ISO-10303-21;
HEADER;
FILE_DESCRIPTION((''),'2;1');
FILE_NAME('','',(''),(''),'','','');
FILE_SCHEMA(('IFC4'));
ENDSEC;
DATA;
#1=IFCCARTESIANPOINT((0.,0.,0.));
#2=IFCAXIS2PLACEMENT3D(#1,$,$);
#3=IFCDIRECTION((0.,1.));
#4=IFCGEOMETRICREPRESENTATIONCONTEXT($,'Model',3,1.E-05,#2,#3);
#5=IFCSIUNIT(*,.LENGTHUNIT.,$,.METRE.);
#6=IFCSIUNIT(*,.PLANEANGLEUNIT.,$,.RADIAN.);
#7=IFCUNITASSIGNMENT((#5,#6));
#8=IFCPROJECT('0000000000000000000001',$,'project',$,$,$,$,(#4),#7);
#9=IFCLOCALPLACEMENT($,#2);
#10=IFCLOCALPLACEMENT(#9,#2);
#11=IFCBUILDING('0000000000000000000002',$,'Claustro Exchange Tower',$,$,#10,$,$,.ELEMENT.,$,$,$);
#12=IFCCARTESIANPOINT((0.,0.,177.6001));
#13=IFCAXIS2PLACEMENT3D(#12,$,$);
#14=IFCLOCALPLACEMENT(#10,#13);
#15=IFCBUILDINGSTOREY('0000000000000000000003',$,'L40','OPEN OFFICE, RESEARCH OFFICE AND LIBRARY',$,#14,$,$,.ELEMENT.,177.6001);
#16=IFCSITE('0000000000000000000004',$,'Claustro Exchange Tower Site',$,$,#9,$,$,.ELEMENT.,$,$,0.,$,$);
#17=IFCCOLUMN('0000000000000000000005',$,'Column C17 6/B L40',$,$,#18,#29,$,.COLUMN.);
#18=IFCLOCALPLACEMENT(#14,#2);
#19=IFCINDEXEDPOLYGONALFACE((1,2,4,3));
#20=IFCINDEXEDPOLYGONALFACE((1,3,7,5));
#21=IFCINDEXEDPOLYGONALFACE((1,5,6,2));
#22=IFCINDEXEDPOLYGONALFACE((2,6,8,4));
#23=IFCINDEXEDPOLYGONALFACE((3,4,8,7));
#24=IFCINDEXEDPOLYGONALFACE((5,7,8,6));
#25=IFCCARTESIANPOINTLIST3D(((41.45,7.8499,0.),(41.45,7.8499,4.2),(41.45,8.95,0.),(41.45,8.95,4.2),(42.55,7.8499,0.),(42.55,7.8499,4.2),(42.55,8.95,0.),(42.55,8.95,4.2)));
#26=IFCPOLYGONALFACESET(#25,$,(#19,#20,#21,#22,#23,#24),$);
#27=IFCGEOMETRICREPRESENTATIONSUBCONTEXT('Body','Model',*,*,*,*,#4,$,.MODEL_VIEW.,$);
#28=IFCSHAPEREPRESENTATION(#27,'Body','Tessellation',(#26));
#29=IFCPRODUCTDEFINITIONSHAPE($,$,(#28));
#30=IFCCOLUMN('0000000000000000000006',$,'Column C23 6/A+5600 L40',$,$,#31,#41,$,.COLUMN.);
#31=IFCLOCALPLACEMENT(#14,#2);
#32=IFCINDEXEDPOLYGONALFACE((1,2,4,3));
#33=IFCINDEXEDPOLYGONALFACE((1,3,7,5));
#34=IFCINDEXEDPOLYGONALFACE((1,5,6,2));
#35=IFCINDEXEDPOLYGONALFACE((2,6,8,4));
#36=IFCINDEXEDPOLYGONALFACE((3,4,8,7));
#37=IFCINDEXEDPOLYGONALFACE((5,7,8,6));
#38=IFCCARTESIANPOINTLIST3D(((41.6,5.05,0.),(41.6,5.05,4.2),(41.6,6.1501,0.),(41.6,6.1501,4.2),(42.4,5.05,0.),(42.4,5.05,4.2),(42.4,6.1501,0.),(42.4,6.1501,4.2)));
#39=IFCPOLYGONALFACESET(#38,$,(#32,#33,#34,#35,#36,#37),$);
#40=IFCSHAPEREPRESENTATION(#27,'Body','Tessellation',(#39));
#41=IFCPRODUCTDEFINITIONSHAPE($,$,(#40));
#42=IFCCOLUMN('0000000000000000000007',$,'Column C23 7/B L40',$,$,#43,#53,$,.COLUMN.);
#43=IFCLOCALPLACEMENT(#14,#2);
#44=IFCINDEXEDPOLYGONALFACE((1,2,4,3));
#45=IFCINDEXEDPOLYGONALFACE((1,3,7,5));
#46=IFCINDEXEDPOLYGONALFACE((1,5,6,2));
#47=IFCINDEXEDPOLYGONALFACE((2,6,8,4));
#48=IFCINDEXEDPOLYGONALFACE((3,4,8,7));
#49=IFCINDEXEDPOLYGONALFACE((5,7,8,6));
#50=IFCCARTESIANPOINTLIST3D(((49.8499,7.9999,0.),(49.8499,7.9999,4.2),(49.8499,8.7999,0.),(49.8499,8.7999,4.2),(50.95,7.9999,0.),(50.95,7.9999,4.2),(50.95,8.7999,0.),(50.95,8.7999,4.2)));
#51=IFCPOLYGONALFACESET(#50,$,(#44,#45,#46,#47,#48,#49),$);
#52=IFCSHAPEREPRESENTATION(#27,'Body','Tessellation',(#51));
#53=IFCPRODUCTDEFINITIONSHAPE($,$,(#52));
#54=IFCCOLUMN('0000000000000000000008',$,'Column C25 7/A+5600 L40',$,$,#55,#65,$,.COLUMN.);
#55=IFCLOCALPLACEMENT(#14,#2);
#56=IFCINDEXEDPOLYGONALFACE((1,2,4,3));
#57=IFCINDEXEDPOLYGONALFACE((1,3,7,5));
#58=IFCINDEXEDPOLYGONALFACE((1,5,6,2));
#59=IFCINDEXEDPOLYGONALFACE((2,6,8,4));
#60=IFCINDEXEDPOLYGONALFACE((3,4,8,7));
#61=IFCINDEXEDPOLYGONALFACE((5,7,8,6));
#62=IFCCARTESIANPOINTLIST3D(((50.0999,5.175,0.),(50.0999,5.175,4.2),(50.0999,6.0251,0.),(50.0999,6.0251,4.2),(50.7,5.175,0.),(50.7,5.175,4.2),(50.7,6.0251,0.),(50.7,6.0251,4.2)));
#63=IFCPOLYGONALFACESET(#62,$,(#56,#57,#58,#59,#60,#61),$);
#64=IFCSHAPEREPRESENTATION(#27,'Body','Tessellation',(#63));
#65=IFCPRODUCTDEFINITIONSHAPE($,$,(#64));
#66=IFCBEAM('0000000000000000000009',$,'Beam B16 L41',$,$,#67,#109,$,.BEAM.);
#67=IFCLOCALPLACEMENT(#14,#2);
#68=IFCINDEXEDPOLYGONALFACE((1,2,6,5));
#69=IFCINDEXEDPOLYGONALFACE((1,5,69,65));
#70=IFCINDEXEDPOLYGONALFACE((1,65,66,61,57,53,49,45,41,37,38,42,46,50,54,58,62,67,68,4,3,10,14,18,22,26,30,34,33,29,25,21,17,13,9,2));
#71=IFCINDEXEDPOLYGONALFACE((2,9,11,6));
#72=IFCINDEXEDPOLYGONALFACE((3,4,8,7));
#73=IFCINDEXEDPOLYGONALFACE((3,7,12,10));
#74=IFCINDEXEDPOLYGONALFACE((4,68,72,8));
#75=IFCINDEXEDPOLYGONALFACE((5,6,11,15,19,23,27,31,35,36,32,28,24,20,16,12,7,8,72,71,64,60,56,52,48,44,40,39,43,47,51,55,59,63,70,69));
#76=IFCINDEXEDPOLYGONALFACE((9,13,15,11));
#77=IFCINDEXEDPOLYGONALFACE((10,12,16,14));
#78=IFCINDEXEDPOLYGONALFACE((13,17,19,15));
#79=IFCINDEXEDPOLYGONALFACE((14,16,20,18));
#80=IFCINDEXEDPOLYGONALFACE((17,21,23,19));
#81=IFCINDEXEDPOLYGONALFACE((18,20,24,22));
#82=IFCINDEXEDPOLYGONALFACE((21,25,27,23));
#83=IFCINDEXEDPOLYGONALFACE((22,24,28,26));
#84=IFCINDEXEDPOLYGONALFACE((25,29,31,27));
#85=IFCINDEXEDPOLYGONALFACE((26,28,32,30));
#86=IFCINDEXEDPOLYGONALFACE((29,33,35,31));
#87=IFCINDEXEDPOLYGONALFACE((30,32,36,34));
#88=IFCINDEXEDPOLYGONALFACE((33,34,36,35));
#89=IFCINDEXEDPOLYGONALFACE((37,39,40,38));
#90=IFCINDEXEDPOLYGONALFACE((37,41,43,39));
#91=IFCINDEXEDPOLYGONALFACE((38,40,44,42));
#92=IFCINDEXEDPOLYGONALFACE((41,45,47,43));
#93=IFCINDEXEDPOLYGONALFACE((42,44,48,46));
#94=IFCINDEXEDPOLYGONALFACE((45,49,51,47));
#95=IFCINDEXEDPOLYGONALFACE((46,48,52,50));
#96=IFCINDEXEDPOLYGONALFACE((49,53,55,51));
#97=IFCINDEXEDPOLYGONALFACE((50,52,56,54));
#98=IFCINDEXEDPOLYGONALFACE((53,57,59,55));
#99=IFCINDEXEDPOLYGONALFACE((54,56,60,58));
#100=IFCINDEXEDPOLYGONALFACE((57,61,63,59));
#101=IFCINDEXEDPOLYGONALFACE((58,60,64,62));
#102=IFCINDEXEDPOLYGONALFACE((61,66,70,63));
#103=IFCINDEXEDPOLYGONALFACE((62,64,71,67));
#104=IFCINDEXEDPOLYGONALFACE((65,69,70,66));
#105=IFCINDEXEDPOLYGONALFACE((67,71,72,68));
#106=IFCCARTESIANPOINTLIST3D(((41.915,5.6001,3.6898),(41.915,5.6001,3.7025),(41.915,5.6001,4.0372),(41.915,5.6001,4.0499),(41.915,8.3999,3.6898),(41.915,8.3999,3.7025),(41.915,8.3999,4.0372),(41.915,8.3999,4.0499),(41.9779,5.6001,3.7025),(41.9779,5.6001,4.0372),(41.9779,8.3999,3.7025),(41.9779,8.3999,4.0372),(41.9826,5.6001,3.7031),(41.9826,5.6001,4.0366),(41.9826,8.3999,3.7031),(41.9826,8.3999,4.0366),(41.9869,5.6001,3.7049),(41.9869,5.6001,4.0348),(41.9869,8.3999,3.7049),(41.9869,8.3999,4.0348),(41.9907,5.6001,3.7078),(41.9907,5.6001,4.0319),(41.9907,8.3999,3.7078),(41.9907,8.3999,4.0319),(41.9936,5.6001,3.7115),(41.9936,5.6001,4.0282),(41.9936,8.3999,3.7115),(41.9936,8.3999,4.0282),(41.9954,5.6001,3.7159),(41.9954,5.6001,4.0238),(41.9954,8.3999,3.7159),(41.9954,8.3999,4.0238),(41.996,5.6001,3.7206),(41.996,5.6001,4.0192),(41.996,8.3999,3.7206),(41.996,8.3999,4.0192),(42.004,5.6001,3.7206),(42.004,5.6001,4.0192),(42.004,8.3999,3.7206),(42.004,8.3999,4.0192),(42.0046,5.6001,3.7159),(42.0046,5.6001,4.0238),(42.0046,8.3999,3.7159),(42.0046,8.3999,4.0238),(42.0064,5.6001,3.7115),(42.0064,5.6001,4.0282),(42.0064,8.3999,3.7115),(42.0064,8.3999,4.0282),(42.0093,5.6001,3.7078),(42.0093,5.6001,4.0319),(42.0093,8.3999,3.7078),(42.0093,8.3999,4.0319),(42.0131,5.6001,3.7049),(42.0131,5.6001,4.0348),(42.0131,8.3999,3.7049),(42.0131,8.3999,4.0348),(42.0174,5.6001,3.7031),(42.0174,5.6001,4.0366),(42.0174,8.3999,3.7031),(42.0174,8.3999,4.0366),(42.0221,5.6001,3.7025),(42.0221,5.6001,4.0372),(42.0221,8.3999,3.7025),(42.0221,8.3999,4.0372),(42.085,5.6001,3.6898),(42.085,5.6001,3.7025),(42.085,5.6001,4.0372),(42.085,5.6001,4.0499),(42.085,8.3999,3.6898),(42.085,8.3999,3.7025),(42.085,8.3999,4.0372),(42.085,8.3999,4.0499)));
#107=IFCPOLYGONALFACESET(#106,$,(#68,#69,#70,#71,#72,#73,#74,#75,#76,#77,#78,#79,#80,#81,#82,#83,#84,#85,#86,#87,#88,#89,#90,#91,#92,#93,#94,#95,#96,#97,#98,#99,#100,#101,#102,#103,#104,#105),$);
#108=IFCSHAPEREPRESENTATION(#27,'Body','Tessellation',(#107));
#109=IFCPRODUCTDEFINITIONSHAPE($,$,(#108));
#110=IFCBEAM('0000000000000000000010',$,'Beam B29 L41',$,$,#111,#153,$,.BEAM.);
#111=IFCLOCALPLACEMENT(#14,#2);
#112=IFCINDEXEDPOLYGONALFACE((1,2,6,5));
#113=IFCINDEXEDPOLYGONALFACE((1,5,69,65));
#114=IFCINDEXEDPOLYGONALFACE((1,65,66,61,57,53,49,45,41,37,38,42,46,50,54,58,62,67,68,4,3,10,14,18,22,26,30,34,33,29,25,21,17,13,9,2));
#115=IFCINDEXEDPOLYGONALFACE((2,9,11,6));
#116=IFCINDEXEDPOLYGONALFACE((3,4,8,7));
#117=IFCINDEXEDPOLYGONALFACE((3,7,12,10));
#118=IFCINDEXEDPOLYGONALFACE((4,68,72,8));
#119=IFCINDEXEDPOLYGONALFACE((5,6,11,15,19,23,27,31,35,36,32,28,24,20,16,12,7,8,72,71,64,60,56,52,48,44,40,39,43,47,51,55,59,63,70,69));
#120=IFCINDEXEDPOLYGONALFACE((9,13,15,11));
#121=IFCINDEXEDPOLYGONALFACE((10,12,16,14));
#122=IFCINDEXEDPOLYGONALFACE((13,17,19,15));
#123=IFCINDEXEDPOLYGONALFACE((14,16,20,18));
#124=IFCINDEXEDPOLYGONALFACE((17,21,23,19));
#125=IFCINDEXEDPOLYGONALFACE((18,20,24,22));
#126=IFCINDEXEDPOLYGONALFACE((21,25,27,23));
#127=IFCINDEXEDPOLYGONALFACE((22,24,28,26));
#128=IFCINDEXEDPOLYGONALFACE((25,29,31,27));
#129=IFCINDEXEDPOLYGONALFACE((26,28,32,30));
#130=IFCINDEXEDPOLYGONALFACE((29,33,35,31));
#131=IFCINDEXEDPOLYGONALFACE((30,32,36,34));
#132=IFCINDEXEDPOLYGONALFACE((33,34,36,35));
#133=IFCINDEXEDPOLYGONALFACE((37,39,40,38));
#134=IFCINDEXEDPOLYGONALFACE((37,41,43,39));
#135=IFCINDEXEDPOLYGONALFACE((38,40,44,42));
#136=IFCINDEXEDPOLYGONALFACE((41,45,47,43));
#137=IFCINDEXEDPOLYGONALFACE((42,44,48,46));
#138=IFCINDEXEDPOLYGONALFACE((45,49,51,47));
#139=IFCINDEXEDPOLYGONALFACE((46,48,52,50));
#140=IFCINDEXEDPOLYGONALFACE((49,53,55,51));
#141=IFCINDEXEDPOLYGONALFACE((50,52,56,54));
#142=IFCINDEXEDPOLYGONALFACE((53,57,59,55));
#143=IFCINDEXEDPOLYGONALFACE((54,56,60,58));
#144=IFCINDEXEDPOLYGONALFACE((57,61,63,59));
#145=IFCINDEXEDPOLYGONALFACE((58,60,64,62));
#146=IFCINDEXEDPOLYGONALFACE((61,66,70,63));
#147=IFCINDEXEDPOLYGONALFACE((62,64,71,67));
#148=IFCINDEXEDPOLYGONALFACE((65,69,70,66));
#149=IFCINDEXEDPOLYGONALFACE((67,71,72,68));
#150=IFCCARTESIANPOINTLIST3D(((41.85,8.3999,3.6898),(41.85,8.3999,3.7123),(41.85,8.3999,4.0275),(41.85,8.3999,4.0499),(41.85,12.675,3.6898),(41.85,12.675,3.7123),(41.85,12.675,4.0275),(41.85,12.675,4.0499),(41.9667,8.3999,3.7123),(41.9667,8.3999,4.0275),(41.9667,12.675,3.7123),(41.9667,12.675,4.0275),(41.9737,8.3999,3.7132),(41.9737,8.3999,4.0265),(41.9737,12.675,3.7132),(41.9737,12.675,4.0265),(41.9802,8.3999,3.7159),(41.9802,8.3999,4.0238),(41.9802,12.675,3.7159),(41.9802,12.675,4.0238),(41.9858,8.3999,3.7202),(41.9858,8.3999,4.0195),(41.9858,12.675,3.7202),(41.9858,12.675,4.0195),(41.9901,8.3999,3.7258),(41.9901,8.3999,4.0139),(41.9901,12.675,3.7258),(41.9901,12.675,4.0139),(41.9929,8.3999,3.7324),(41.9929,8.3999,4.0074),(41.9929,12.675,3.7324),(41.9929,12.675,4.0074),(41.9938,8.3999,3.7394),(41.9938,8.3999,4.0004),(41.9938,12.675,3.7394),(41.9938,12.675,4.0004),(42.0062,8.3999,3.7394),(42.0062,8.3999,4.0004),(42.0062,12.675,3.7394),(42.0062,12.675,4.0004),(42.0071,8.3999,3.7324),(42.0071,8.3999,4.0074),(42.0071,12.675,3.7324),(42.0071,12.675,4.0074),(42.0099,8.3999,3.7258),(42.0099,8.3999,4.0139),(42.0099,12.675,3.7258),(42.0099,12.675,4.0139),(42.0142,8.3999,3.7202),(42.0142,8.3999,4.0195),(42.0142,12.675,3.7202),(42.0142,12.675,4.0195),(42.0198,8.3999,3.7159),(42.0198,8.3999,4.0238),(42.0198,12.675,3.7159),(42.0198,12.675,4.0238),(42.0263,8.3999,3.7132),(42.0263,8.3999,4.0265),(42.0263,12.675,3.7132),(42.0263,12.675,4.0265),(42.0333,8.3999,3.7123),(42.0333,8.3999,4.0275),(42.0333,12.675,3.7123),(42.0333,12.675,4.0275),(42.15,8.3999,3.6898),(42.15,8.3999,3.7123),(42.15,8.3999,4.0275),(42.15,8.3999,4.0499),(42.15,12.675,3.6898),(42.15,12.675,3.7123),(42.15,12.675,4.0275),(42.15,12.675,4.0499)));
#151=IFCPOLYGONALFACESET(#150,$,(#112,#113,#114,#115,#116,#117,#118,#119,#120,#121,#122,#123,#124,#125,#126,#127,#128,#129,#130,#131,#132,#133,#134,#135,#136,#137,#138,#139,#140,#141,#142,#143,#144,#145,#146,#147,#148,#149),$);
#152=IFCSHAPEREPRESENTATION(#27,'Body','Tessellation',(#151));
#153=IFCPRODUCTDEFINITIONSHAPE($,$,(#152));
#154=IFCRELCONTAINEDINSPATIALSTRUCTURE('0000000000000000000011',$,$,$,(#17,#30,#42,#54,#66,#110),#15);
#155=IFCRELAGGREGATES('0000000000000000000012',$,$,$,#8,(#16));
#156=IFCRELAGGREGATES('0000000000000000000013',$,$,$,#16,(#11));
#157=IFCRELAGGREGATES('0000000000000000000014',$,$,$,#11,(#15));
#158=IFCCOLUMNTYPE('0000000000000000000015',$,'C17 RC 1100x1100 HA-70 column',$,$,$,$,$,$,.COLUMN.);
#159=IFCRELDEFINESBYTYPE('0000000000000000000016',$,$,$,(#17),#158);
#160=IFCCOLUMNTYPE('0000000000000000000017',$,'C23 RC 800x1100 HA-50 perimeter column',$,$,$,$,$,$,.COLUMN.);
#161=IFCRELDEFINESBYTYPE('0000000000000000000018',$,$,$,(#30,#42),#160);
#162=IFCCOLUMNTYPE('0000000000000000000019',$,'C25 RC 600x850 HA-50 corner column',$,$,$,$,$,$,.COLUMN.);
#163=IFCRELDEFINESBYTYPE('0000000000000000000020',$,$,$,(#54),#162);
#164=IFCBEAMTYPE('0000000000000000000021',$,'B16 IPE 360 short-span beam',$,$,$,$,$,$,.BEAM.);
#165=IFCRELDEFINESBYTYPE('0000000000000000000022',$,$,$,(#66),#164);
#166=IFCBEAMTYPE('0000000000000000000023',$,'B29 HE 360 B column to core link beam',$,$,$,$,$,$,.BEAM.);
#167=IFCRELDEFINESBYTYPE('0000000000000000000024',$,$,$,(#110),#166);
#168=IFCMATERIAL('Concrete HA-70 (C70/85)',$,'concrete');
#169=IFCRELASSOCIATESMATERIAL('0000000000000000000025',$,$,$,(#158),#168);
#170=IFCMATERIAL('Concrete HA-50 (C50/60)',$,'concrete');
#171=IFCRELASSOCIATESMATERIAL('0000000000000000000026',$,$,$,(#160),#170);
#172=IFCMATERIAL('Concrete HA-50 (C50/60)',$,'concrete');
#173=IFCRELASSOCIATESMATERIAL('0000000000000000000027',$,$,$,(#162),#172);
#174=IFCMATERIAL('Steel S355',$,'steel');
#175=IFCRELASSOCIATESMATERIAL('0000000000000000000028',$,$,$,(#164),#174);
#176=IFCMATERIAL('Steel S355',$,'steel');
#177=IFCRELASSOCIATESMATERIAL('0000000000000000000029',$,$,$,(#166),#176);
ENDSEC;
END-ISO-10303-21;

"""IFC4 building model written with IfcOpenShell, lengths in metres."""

from ifc_helpers import new_model, si_unit, direction, frame, origin, origin_2d, place, context, subcontext, project, spatial, rectangle, i_section, extrude, material, material_profile, profile_set, type_object, element, save


model = new_model("IFC4")

# Units and contexts
model_context = context("Model", 3, precision=1e-05, world=origin(), true_north=direction((0.0, 1.0)))
body_context = subcontext(model_context, "Body", "Model", "MODEL_VIEW")
ifc_project = project(units=[si_unit("LENGTHUNIT", "METRE"), si_unit("PLANEANGLEUNIT", "RADIAN")], contexts=[model_context])

# Site, building, storey
site_placement = place(None, origin())
site = spatial("IfcSite", under=ifc_project, at=site_placement, Name="Claustro Exchange Tower Site", CompositionType="ELEMENT", RefElevation=0.0)
building_placement = place(site_placement, origin())
building = spatial("IfcBuilding", under=site, at=building_placement, Name="Claustro Exchange Tower", CompositionType="ELEMENT")
storey_placement = place(building_placement, frame((0.0, 0.0, 177.6001)))
storey = spatial("IfcBuildingStorey", under=building, at=storey_placement, Name="L40", Description="OPEN OFFICE, RESEARCH OFFICE AND LIBRARY", CompositionType="ELEMENT", Elevation=177.6001)

# Columns
ifc_material_1 = material(Name="Concrete HA-70 (C70/85)", Category="concrete")
ifc_material_profile_1 = material_profile(ifc_material_1, rectangle(XDim=1.1001, YDim=1.1001, at=origin_2d()), Name="RC 1100x1100")
ifc_profile_set_1 = profile_set([ifc_material_profile_1], Name="Concrete HA-70 (C70/85)")
column_type_1 = type_object("IfcColumnType", Name="C17 RC 1100x1100 HA-70 column", PredefinedType="COLUMN", material=ifc_profile_set_1)
column_1_placement = place(storey_placement, frame((42.0, 8.3999, 0.0), z_axis=(0.0, 0.0, 1.0), x_axis=(1.0, 0.0, 0.0)))
element("IfcColumn", 1, at=column_1_placement, inside=storey, type_object=column_type_1, Name="Column C17 6/B L40", PredefinedType="COLUMN", context=body_context, shape_type="SweptSolid", body=[
    extrude(rectangle(XDim=1.1001, YDim=1.1001, at=origin_2d()), origin(), (0.0, 0.0, 1.0), 4.2),
])
ifc_material_2 = material(Name="Concrete HA-50 (C50/60)", Category="concrete")
ifc_material_profile_2 = material_profile(ifc_material_2, rectangle(XDim=0.8, YDim=1.1001, at=origin_2d()), Name="RC 800x1100")
ifc_profile_set_2 = profile_set([ifc_material_profile_2], Name="Concrete HA-50 (C50/60)")
column_type_2 = type_object("IfcColumnType", Name="C23 RC 800x1100 HA-50 perimeter column", PredefinedType="COLUMN", material=ifc_profile_set_2)
for number, where, z_axis, x_axis, name in (
    (2, (42.0, 5.6001, 0.0), (0.0, 0.0, 1.0), (1.0, 0.0, 0.0), "Column C23 6/A+5600 L40"),
    (3, (50.3999, 8.3999, 0.0), (0.0, 0.0, 1.0), (0.0, 1.0, 0.0), "Column C23 7/B L40"),
):
    element("IfcColumn", number, at=place(storey_placement, frame(where, z_axis=z_axis, x_axis=x_axis)), inside=storey, type_object=column_type_2, Name=name, PredefinedType="COLUMN", context=body_context, shape_type="SweptSolid", body=[
        extrude(rectangle(XDim=0.8, YDim=1.1001, at=origin_2d()), origin(), (0.0, 0.0, 1.0), 4.2),
    ])
ifc_material_3 = material(Name="Concrete HA-50 (C50/60)", Category="concrete")
ifc_material_profile_3 = material_profile(ifc_material_3, rectangle(XDim=0.6001, YDim=0.8501, at=origin_2d()), Name="RC 600x850")
ifc_profile_set_3 = profile_set([ifc_material_profile_3], Name="Concrete HA-50 (C50/60)")
column_type_3 = type_object("IfcColumnType", Name="C25 RC 600x850 HA-50 corner column", PredefinedType="COLUMN", material=ifc_profile_set_3)
column_2_placement = place(storey_placement, frame((50.3999, 5.6001, 0.0), z_axis=(0.0, 0.0, 1.0), x_axis=(1.0, 0.0, 0.0)))
element("IfcColumn", 4, at=column_2_placement, inside=storey, type_object=column_type_3, Name="Column C25 7/A+5600 L40", PredefinedType="COLUMN", context=body_context, shape_type="SweptSolid", body=[
    extrude(rectangle(XDim=0.6001, YDim=0.8501, at=origin_2d()), origin(), (0.0, 0.0, 1.0), 4.2),
])

# Beams
ifc_material_4 = material(Name="Steel S355", Category="steel")
ifc_material_profile_4 = material_profile(ifc_material_4, i_section(OverallWidth=0.1699, OverallDepth=0.3601, WebThickness=0.0081, FlangeThickness=0.0127, FilletRadius=0.0181, at=origin_2d()), Name="IPE 360")
ifc_profile_set_4 = profile_set([ifc_material_profile_4], Name="Steel S355")
beam_type_1 = type_object("IfcBeamType", Name="B16 IPE 360 short-span beam", PredefinedType="BEAM", material=ifc_profile_set_4)
beam_1_placement = place(storey_placement, frame((42.0, 5.6001, 3.8699), z_axis=(0.0, 1.0, 0.0), x_axis=(-1.0, 0.0, 0.0)))
element("IfcBeam", 5, at=beam_1_placement, inside=storey, type_object=beam_type_1, Name="Beam B16 L41", PredefinedType="BEAM", context=body_context, shape_type="SweptSolid", body=[
    extrude(i_section(OverallWidth=0.1699, OverallDepth=0.3601, WebThickness=0.0081, FlangeThickness=0.0127, FilletRadius=0.0181, at=origin_2d()), origin(), (0.0, 0.0, 1.0), 2.7998),
])
ifc_material_5 = material(Name="Steel S355", Category="steel")
ifc_material_profile_5 = material_profile(ifc_material_5, i_section(OverallWidth=0.3, OverallDepth=0.3601, WebThickness=0.0125, FlangeThickness=0.0225, FilletRadius=0.0271, at=origin_2d()), Name="HE 360 B")
ifc_profile_set_5 = profile_set([ifc_material_profile_5], Name="Steel S355")
beam_type_2 = type_object("IfcBeamType", Name="B29 HE 360 B column to core link beam", PredefinedType="BEAM", material=ifc_profile_set_5)
beam_2_placement = place(storey_placement, frame((42.0, 8.3999, 3.8699), z_axis=(0.0, 1.0, 0.0), x_axis=(-1.0, 0.0, 0.0)))
element("IfcBeam", 6, at=beam_2_placement, inside=storey, type_object=beam_type_2, Name="Beam B29 L41", PredefinedType="BEAM", context=body_context, shape_type="SweptSolid", body=[
    extrude(i_section(OverallWidth=0.3, OverallDepth=0.3601, WebThickness=0.0125, FlangeThickness=0.0225, FilletRadius=0.0271, at=origin_2d()), origin(), (0.0, 0.0, 1.0), 4.2751),
])

save(model, "model.ifc")
